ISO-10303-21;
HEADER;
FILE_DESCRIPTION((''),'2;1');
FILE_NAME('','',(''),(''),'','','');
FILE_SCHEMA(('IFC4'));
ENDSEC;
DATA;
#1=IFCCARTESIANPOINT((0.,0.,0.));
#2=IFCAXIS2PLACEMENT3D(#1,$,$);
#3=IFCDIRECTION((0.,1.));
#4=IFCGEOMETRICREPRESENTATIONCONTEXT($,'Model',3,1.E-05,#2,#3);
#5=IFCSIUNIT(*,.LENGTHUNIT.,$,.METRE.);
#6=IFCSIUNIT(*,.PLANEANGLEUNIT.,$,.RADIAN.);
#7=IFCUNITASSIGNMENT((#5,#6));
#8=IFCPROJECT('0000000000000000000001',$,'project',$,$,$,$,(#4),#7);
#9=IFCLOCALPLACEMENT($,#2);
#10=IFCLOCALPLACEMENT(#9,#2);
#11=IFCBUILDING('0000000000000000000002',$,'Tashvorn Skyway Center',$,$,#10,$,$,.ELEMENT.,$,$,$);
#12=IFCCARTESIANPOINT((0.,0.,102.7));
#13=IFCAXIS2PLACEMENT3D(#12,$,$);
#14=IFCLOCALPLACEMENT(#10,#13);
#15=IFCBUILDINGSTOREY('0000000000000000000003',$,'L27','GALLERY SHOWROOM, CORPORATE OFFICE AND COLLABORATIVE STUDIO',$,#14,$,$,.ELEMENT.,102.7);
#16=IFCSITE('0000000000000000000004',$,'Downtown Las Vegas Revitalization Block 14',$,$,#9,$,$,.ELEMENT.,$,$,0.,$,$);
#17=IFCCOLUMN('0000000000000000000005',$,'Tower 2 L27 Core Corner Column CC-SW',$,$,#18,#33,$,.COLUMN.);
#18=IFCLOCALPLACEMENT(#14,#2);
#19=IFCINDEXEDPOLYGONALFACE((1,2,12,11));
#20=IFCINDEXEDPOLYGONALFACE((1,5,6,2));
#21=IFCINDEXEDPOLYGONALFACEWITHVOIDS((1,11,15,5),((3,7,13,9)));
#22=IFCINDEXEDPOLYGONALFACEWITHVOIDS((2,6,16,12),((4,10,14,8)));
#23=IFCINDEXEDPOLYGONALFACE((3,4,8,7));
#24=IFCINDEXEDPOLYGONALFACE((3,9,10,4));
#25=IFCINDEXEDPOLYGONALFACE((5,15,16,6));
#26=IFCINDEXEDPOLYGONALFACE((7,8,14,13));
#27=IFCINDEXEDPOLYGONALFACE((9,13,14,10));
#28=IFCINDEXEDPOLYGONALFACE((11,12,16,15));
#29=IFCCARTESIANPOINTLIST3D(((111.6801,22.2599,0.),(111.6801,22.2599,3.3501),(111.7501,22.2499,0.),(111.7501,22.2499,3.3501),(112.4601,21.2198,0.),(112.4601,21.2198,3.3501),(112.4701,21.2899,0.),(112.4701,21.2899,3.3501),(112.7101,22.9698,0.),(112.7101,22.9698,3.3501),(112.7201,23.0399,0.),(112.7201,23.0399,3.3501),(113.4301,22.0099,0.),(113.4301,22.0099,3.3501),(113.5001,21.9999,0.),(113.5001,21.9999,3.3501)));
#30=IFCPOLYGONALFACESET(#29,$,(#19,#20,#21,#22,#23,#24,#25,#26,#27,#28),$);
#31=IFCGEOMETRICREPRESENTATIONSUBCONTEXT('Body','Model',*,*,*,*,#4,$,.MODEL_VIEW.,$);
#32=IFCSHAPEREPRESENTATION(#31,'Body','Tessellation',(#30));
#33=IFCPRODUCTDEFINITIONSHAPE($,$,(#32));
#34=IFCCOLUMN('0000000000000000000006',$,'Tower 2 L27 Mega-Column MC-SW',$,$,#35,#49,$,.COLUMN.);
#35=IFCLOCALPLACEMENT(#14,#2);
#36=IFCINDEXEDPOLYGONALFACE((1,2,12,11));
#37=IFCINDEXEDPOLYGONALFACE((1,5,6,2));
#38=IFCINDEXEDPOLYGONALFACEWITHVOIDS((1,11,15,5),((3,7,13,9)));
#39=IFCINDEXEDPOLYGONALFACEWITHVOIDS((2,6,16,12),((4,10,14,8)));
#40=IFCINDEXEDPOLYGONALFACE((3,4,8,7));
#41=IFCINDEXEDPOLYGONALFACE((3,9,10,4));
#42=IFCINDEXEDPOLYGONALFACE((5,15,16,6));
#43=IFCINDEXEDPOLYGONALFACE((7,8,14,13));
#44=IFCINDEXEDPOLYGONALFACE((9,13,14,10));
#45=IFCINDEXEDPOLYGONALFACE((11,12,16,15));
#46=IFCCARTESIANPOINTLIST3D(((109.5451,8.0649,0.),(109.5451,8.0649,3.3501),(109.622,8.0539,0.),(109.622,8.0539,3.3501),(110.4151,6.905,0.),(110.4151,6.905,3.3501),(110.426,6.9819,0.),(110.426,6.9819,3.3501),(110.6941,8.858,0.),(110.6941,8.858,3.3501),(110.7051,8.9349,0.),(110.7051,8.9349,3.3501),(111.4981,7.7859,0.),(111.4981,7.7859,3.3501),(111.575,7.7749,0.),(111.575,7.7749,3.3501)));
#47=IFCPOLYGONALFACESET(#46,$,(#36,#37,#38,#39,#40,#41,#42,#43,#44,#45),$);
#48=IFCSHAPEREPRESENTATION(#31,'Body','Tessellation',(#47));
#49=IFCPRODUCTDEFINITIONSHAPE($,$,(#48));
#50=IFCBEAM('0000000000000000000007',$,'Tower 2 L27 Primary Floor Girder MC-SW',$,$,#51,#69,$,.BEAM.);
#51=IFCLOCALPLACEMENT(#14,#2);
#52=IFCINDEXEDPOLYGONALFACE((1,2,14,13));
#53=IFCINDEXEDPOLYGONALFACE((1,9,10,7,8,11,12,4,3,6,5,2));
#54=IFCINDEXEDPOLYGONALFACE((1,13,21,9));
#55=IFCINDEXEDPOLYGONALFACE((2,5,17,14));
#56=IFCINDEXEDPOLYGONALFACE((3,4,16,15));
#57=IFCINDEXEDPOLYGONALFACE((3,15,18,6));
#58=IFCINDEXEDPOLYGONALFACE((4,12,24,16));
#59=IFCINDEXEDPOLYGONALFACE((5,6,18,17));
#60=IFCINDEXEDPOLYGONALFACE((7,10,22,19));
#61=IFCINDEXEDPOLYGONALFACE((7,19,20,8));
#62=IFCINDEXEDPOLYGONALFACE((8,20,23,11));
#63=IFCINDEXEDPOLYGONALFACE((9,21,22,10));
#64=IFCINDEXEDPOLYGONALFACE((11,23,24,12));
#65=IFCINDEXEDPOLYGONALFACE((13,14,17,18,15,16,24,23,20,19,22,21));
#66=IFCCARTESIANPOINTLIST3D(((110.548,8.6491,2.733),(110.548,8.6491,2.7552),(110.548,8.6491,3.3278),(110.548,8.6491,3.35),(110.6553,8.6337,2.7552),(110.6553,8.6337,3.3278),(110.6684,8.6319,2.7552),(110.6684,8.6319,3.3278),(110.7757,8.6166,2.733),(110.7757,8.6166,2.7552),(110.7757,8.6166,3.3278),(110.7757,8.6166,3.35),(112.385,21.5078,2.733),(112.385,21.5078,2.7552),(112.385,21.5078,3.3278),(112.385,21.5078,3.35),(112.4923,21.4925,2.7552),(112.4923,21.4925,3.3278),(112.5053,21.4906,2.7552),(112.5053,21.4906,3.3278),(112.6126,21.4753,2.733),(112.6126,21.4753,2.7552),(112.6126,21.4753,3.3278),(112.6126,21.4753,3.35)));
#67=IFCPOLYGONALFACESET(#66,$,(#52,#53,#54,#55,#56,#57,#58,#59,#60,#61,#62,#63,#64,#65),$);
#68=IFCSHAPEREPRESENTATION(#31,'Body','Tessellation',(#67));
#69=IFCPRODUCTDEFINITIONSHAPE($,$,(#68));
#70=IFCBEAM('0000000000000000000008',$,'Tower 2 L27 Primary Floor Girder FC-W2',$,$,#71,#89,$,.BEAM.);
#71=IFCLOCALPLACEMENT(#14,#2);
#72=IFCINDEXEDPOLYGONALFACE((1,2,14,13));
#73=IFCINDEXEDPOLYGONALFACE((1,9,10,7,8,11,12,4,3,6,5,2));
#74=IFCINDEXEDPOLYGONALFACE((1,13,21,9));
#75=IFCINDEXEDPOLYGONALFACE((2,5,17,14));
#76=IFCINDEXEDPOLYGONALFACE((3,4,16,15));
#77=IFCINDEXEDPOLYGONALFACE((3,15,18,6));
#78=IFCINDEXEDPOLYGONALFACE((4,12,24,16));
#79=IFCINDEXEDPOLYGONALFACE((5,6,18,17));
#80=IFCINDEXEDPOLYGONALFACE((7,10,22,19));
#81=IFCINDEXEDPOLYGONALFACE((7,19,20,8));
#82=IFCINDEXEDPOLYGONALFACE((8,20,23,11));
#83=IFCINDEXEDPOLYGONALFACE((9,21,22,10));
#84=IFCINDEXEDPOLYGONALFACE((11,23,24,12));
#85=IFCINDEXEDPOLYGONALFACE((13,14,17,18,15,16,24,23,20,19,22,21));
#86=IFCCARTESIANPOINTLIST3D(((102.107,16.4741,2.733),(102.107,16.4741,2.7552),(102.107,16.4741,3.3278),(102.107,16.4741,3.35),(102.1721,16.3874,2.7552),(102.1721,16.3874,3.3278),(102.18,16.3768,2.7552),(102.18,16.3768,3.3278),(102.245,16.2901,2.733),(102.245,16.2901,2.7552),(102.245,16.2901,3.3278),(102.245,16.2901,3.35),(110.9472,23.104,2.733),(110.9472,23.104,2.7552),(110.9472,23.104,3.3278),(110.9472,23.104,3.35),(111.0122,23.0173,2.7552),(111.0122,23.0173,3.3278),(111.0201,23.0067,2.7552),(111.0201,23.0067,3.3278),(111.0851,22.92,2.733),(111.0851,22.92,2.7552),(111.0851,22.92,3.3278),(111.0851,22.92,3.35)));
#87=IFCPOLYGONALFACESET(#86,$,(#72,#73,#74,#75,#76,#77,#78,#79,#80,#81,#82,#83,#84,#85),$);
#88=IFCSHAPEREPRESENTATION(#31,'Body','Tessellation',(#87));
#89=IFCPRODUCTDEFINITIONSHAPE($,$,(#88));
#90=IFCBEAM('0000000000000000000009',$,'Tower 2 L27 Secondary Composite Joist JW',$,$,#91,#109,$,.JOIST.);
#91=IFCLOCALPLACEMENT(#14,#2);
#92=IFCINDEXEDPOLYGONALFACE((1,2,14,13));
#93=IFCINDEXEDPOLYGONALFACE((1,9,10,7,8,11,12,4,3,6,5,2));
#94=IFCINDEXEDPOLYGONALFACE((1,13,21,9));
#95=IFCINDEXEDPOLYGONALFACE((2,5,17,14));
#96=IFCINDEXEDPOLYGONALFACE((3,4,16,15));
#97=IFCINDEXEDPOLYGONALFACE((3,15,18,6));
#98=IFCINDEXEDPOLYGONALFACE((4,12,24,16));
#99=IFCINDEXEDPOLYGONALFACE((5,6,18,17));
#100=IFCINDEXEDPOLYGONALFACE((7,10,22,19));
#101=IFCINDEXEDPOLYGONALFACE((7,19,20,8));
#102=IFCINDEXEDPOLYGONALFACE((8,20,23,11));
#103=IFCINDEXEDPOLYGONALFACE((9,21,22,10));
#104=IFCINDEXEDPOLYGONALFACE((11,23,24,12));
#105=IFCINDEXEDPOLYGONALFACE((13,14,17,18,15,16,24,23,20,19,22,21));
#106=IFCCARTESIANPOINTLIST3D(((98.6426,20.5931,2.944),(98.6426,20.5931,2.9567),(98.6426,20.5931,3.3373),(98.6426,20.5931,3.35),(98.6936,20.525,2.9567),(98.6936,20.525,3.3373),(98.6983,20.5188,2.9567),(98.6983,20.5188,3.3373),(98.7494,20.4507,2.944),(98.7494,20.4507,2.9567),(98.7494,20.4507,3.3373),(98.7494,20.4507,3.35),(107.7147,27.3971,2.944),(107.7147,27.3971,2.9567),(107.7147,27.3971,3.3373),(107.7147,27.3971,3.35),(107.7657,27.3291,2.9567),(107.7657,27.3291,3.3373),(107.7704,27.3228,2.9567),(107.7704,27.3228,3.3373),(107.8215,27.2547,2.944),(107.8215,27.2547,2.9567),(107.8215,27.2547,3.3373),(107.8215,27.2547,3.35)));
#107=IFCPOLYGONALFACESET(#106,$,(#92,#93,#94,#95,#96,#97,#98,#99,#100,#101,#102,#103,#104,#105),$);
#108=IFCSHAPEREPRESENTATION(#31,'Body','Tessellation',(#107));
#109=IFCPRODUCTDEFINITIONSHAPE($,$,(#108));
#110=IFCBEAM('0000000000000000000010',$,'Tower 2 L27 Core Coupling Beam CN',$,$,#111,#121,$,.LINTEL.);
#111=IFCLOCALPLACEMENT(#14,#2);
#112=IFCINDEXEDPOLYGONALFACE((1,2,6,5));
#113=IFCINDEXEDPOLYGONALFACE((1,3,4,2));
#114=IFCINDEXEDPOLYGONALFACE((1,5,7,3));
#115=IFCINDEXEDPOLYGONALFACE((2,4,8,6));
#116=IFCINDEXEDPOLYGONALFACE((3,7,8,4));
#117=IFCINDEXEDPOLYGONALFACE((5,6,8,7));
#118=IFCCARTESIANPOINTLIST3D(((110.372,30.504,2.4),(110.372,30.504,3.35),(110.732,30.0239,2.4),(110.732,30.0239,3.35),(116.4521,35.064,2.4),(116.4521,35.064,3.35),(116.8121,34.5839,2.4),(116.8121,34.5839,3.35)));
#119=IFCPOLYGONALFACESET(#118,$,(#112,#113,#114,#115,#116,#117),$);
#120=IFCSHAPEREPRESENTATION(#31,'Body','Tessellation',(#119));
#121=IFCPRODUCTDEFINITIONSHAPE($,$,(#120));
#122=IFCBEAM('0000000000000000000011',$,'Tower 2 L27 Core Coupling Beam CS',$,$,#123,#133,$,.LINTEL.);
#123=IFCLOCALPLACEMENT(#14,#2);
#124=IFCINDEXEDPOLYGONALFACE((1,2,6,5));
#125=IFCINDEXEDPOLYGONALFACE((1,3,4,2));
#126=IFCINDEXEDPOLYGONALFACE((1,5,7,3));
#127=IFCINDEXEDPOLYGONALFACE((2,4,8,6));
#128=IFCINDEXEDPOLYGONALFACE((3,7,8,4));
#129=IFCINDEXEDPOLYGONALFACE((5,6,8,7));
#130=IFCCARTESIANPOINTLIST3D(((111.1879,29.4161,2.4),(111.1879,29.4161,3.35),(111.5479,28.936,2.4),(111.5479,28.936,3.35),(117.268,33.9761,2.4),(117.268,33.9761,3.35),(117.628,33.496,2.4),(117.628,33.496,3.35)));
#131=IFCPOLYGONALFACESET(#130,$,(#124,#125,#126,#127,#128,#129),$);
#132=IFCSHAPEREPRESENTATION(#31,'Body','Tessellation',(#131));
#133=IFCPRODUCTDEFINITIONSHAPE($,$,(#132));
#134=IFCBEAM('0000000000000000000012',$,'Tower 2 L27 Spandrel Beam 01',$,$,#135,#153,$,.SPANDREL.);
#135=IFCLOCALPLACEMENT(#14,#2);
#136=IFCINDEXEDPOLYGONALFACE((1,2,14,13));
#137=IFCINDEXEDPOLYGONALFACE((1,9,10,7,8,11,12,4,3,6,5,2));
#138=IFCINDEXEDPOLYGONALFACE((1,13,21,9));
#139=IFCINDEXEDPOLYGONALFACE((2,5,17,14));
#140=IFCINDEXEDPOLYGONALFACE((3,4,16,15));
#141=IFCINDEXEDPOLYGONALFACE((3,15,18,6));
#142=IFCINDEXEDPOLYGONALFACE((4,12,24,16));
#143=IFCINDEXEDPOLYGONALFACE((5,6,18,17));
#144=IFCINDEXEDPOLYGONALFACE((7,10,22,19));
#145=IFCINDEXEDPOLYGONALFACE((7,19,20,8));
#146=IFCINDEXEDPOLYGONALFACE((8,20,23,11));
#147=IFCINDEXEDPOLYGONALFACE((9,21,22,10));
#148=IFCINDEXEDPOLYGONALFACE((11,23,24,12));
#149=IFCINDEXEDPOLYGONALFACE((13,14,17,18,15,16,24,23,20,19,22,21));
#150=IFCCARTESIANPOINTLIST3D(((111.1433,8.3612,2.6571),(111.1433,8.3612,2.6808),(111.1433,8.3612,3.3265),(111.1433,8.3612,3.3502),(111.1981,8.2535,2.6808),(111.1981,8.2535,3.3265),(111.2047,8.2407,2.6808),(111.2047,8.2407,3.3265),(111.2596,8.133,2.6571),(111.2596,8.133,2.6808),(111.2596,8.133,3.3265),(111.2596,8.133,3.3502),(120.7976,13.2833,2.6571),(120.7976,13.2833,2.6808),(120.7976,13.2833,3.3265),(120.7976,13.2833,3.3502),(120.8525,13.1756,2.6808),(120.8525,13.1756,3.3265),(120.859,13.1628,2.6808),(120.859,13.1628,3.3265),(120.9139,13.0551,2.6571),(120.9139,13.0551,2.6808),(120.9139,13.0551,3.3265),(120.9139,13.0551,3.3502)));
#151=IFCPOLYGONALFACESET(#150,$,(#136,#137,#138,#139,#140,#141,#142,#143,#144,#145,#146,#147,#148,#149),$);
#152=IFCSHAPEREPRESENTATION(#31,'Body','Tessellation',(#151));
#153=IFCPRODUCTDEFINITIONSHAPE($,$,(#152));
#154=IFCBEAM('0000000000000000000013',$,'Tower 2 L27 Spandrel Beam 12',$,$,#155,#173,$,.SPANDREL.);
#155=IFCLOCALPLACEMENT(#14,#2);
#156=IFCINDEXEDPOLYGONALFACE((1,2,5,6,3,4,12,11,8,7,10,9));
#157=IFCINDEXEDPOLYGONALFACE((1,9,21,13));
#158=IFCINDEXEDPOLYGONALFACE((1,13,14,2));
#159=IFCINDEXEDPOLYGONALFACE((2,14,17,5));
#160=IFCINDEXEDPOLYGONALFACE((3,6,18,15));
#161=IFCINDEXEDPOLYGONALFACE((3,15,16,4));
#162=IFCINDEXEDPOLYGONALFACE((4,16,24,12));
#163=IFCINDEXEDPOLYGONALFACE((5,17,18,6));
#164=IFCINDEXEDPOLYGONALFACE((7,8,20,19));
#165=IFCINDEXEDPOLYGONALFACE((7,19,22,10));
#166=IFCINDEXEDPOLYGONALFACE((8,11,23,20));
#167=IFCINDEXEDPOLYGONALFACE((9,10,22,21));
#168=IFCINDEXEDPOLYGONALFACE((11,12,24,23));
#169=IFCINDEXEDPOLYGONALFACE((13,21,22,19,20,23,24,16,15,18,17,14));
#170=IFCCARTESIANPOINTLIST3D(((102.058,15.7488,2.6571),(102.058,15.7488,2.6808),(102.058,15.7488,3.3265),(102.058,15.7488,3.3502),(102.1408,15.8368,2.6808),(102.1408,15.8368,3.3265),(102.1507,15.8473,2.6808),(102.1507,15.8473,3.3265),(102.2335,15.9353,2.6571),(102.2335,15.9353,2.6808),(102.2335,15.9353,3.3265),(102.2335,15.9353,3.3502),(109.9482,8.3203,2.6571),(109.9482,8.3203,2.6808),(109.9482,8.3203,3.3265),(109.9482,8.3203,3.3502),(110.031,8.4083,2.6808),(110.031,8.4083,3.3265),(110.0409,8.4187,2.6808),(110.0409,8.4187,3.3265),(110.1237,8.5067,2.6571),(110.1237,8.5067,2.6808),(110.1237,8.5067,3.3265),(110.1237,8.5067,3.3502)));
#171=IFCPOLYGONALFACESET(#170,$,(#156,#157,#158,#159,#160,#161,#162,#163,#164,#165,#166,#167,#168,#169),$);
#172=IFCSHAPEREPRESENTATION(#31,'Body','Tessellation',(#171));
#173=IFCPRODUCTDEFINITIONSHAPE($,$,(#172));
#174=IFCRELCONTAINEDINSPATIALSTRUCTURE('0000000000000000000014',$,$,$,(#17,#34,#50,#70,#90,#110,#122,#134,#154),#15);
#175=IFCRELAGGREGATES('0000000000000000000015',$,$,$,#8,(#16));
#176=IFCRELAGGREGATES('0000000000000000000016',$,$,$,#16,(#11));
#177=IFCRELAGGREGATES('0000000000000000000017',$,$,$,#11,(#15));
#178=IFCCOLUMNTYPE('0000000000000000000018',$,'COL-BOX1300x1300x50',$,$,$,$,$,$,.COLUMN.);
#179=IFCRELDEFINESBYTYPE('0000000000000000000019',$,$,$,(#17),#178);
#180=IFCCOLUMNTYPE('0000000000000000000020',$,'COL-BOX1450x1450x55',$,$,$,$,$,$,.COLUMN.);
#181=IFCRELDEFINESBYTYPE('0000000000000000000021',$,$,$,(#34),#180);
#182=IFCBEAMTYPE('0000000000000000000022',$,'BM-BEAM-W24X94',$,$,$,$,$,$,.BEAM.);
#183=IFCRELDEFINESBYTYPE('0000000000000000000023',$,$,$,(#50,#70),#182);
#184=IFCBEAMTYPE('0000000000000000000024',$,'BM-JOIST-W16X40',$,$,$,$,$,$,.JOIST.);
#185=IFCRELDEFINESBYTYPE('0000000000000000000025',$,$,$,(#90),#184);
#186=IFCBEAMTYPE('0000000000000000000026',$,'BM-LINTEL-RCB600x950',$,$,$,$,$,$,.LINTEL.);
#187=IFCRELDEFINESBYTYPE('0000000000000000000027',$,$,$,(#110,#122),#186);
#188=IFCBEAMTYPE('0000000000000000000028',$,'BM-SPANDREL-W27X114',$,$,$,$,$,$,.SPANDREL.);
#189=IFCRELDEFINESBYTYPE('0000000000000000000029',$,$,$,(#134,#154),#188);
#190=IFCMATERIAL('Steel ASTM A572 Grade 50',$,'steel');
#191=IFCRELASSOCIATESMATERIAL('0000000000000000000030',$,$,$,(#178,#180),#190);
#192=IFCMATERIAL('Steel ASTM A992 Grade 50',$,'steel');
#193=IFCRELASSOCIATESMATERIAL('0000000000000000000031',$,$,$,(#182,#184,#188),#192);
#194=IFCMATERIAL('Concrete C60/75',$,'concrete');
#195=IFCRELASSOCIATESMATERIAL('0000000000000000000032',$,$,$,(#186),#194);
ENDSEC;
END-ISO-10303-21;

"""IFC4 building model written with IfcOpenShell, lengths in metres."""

from ifc_helpers import new_model, si_unit, direction, frame, origin, origin_2d, place, context, subcontext, project, spatial, rectangle, hollow_rectangle, i_section, extrude, material, material_profile, profile_set, type_object, element, save


model = new_model("IFC4")

# Units and contexts
model_context = context("Model", 3, precision=1e-05, world=origin(), true_north=direction((0.0, 1.0)))
body_context = subcontext(model_context, "Body", "Model", "MODEL_VIEW")
ifc_project = project(units=[si_unit("LENGTHUNIT", "METRE"), si_unit("PLANEANGLEUNIT", "RADIAN")], contexts=[model_context])

# Site, building, storey
site_placement = place(None, origin())
site = spatial("IfcSite", under=ifc_project, at=site_placement, Name="Downtown Las Vegas Revitalization Block 14", CompositionType="ELEMENT", RefElevation=0.0)
building_placement = place(site_placement, origin())
building = spatial("IfcBuilding", under=site, at=building_placement, Name="Tashvorn Skyway Center", CompositionType="ELEMENT")
storey_placement = place(building_placement, frame((0.0, 0.0, 102.7)))
storey = spatial("IfcBuildingStorey", under=building, at=storey_placement, Name="L27", Description="GALLERY SHOWROOM, CORPORATE OFFICE AND COLLABORATIVE STUDIO", CompositionType="ELEMENT", Elevation=102.7)

# Columns
ifc_material_1 = material(Name="Steel ASTM A572 Grade 50", Category="steel")
ifc_material_profile_1 = material_profile(ifc_material_1, hollow_rectangle(XDim=1.3, YDim=1.3, WallThickness=0.05, at=origin_2d()), Name="BOX1300x1300x50")
ifc_profile_set_1 = profile_set([ifc_material_profile_1], Name="Steel ASTM A572 Grade 50")
column_type_1 = type_object("IfcColumnType", Name="COL-BOX1300x1300x50", PredefinedType="COLUMN", material=ifc_profile_set_1)
column_1_placement = place(storey_placement, frame((112.5901, 22.1299, 0.0), z_axis=(0.0, 0.0, 1.0), x_axis=(0.8, 0.6, 0.0)))
element("IfcColumn", 1, at=column_1_placement, inside=storey, type_object=column_type_1, Name="Tower 2 L27 Core Corner Column CC-SW", PredefinedType="COLUMN", context=body_context, shape_type="SweptSolid", body=[
    extrude(hollow_rectangle(XDim=1.3, YDim=1.3, WallThickness=0.05, at=origin_2d()), origin(), (0.0, 0.0, 1.0), 3.3501),
])
ifc_material_profile_2 = material_profile(ifc_material_1, hollow_rectangle(XDim=1.45, YDim=1.45, WallThickness=0.0549, at=origin_2d()), Name="BOX1450x1450x55")
ifc_profile_set_2 = profile_set([ifc_material_profile_2], Name="Steel ASTM A572 Grade 50")
column_type_2 = type_object("IfcColumnType", Name="COL-BOX1450x1450x55", PredefinedType="COLUMN", material=ifc_profile_set_2)
column_2_placement = place(storey_placement, frame((110.5601, 7.9199, 0.0), z_axis=(0.0, 0.0, 1.0), x_axis=(0.8, 0.6, 0.0)))
element("IfcColumn", 2, at=column_2_placement, inside=storey, type_object=column_type_2, Name="Tower 2 L27 Mega-Column MC-SW", PredefinedType="COLUMN", context=body_context, shape_type="SweptSolid", body=[
    extrude(hollow_rectangle(XDim=1.45, YDim=1.45, WallThickness=0.0549, at=origin_2d()), origin(), (0.0, 0.0, 1.0), 3.3501),
])

# Beams
ifc_material_2 = material(Name="Steel ASTM A992 Grade 50", Category="steel")
ifc_material_profile_3 = material_profile(ifc_material_2, i_section(OverallWidth=0.23, OverallDepth=0.6169, WebThickness=0.0132, FlangeThickness=0.0222, at=origin_2d()), Name="W24X94")
ifc_profile_set_3 = profile_set([ifc_material_profile_3], Name="Steel ASTM A992 Grade 50")
beam_type_1 = type_object("IfcBeamType", Name="BM-BEAM-W24X94", PredefinedType="BEAM", material=ifc_profile_set_3)
beam_1_placement = place(storey_placement, frame((110.6619, 8.6328, 3.0415), z_axis=(0.141419, 0.98995, 0.0), x_axis=(-0.98995, 0.141419, 0.0)))
element("IfcBeam", 3, at=beam_1_placement, inside=storey, type_object=beam_type_1, Name="Tower 2 L27 Primary Floor Girder MC-SW", PredefinedType="BEAM", context=body_context, shape_type="SweptSolid", body=[
    extrude(i_section(OverallWidth=0.23, OverallDepth=0.6169, WebThickness=0.0132, FlangeThickness=0.0222, at=origin_2d()), origin(), (0.0, 0.0, 1.0), 12.9893),
])
beam_2_placement = place(storey_placement, frame((102.176, 16.3821, 3.0415), z_axis=(0.800008, 0.599989, 0.0), x_axis=(-0.599989, 0.800008, 0.0)))
element("IfcBeam", 4, at=beam_2_placement, inside=storey, type_object=beam_type_1, Name="Tower 2 L27 Primary Floor Girder FC-W2", PredefinedType="BEAM", context=body_context, shape_type="SweptSolid", body=[
    extrude(i_section(OverallWidth=0.23, OverallDepth=0.6169, WebThickness=0.0132, FlangeThickness=0.0222, at=origin_2d()), origin(), (0.0, 0.0, 1.0), 11.05),
])
ifc_material_profile_4 = material_profile(ifc_material_2, i_section(OverallWidth=0.178, OverallDepth=0.406, WebThickness=0.0078, FlangeThickness=0.0127, at=origin_2d()), Name="W16X40")
ifc_profile_set_4 = profile_set([ifc_material_profile_4], Name="Steel ASTM A992 Grade 50")
beam_type_2 = type_object("IfcBeamType", Name="BM-JOIST-W16X40", PredefinedType="JOIST", material=ifc_profile_set_4)
beam_3_placement = place(storey_placement, frame((107.7681, 27.3259, 3.147), z_axis=(-0.800003, -0.599997, 0.0), x_axis=(0.599997, -0.800003, 0.0)))
element("IfcBeam", 5, at=beam_3_placement, inside=storey, type_object=beam_type_2, Name="Tower 2 L27 Secondary Composite Joist JW", PredefinedType="JOIST", context=body_context, shape_type="SweptSolid", body=[
    extrude(i_section(OverallWidth=0.178, OverallDepth=0.406, WebThickness=0.0078, FlangeThickness=0.0127, at=origin_2d()), origin(), (0.0, 0.0, 1.0), 11.3401),
])
ifc_material_3 = material(Name="Concrete C60/75", Category="concrete")
ifc_material_profile_5 = material_profile(ifc_material_3, rectangle(XDim=0.6001, YDim=0.95, at=origin_2d()), Name="RCB600x950")
ifc_profile_set_5 = profile_set([ifc_material_profile_5], Name="Concrete C60/75")
beam_type_3 = type_object("IfcBeamType", Name="BM-LINTEL-RCB600x950", PredefinedType="LINTEL", material=ifc_profile_set_5)
for number, where, z_axis, x_axis, name in (
    (6, (110.552, 30.2639, 2.875), (0.8, 0.6, 0.0), (-0.6, 0.8, 0.0), "Tower 2 L27 Core Coupling Beam CN"),
    (7, (111.3679, 29.176, 2.875), (0.8, 0.6, 0.0), (-0.6, 0.8, 0.0), "Tower 2 L27 Core Coupling Beam CS"),
):
    element("IfcBeam", number, at=place(storey_placement, frame(where, z_axis=z_axis, x_axis=x_axis)), inside=storey, type_object=beam_type_3, Name=name, PredefinedType="LINTEL", context=body_context, shape_type="SweptSolid", body=[
        extrude(rectangle(XDim=0.6001, YDim=0.95, at=origin_2d()), origin(), (0.0, 0.0, 1.0), 7.6001),
    ])
ifc_material_profile_6 = material_profile(ifc_material_2, i_section(OverallWidth=0.2561, OverallDepth=0.6931, WebThickness=0.0144, FlangeThickness=0.0237, at=origin_2d()), Name="W27X114")
ifc_profile_set_6 = profile_set([ifc_material_profile_6], Name="Steel ASTM A992 Grade 50")
beam_type_4 = type_object("IfcBeamType", Name="BM-SPANDREL-W27X114", PredefinedType="SPANDREL", material=ifc_profile_set_6)
beam_4_placement = place(storey_placement, frame((111.2014, 8.2471, 3.0037), z_axis=(0.890894, 0.454211, 0.0), x_axis=(-0.454211, 0.890894, 0.0)))
element("IfcBeam", 8, at=beam_4_placement, inside=storey, type_object=beam_type_4, Name="Tower 2 L27 Spandrel Beam 01", PredefinedType="SPANDREL", context=body_context, shape_type="SweptSolid", body=[
    extrude(i_section(OverallWidth=0.2561, OverallDepth=0.6931, WebThickness=0.0144, FlangeThickness=0.0237, at=origin_2d()), origin(), (0.0, 0.0, 1.0), 10.8367),
])
beam_5_placement = place(storey_placement, frame((102.1458, 15.842, 3.0037), z_axis=(0.728087, -0.685485, 0.0), x_axis=(0.685485, 0.728087, 0.0)))
element("IfcBeam", 9, at=beam_5_placement, inside=storey, type_object=beam_type_4, Name="Tower 2 L27 Spandrel Beam 12", PredefinedType="SPANDREL", context=body_context, shape_type="SweptSolid", body=[
    extrude(i_section(OverallWidth=0.2561, OverallDepth=0.6931, WebThickness=0.0144, FlangeThickness=0.0237, at=origin_2d()), origin(), (0.0, 0.0, 1.0), 10.8369),
])

save(model, "model.ifc")
